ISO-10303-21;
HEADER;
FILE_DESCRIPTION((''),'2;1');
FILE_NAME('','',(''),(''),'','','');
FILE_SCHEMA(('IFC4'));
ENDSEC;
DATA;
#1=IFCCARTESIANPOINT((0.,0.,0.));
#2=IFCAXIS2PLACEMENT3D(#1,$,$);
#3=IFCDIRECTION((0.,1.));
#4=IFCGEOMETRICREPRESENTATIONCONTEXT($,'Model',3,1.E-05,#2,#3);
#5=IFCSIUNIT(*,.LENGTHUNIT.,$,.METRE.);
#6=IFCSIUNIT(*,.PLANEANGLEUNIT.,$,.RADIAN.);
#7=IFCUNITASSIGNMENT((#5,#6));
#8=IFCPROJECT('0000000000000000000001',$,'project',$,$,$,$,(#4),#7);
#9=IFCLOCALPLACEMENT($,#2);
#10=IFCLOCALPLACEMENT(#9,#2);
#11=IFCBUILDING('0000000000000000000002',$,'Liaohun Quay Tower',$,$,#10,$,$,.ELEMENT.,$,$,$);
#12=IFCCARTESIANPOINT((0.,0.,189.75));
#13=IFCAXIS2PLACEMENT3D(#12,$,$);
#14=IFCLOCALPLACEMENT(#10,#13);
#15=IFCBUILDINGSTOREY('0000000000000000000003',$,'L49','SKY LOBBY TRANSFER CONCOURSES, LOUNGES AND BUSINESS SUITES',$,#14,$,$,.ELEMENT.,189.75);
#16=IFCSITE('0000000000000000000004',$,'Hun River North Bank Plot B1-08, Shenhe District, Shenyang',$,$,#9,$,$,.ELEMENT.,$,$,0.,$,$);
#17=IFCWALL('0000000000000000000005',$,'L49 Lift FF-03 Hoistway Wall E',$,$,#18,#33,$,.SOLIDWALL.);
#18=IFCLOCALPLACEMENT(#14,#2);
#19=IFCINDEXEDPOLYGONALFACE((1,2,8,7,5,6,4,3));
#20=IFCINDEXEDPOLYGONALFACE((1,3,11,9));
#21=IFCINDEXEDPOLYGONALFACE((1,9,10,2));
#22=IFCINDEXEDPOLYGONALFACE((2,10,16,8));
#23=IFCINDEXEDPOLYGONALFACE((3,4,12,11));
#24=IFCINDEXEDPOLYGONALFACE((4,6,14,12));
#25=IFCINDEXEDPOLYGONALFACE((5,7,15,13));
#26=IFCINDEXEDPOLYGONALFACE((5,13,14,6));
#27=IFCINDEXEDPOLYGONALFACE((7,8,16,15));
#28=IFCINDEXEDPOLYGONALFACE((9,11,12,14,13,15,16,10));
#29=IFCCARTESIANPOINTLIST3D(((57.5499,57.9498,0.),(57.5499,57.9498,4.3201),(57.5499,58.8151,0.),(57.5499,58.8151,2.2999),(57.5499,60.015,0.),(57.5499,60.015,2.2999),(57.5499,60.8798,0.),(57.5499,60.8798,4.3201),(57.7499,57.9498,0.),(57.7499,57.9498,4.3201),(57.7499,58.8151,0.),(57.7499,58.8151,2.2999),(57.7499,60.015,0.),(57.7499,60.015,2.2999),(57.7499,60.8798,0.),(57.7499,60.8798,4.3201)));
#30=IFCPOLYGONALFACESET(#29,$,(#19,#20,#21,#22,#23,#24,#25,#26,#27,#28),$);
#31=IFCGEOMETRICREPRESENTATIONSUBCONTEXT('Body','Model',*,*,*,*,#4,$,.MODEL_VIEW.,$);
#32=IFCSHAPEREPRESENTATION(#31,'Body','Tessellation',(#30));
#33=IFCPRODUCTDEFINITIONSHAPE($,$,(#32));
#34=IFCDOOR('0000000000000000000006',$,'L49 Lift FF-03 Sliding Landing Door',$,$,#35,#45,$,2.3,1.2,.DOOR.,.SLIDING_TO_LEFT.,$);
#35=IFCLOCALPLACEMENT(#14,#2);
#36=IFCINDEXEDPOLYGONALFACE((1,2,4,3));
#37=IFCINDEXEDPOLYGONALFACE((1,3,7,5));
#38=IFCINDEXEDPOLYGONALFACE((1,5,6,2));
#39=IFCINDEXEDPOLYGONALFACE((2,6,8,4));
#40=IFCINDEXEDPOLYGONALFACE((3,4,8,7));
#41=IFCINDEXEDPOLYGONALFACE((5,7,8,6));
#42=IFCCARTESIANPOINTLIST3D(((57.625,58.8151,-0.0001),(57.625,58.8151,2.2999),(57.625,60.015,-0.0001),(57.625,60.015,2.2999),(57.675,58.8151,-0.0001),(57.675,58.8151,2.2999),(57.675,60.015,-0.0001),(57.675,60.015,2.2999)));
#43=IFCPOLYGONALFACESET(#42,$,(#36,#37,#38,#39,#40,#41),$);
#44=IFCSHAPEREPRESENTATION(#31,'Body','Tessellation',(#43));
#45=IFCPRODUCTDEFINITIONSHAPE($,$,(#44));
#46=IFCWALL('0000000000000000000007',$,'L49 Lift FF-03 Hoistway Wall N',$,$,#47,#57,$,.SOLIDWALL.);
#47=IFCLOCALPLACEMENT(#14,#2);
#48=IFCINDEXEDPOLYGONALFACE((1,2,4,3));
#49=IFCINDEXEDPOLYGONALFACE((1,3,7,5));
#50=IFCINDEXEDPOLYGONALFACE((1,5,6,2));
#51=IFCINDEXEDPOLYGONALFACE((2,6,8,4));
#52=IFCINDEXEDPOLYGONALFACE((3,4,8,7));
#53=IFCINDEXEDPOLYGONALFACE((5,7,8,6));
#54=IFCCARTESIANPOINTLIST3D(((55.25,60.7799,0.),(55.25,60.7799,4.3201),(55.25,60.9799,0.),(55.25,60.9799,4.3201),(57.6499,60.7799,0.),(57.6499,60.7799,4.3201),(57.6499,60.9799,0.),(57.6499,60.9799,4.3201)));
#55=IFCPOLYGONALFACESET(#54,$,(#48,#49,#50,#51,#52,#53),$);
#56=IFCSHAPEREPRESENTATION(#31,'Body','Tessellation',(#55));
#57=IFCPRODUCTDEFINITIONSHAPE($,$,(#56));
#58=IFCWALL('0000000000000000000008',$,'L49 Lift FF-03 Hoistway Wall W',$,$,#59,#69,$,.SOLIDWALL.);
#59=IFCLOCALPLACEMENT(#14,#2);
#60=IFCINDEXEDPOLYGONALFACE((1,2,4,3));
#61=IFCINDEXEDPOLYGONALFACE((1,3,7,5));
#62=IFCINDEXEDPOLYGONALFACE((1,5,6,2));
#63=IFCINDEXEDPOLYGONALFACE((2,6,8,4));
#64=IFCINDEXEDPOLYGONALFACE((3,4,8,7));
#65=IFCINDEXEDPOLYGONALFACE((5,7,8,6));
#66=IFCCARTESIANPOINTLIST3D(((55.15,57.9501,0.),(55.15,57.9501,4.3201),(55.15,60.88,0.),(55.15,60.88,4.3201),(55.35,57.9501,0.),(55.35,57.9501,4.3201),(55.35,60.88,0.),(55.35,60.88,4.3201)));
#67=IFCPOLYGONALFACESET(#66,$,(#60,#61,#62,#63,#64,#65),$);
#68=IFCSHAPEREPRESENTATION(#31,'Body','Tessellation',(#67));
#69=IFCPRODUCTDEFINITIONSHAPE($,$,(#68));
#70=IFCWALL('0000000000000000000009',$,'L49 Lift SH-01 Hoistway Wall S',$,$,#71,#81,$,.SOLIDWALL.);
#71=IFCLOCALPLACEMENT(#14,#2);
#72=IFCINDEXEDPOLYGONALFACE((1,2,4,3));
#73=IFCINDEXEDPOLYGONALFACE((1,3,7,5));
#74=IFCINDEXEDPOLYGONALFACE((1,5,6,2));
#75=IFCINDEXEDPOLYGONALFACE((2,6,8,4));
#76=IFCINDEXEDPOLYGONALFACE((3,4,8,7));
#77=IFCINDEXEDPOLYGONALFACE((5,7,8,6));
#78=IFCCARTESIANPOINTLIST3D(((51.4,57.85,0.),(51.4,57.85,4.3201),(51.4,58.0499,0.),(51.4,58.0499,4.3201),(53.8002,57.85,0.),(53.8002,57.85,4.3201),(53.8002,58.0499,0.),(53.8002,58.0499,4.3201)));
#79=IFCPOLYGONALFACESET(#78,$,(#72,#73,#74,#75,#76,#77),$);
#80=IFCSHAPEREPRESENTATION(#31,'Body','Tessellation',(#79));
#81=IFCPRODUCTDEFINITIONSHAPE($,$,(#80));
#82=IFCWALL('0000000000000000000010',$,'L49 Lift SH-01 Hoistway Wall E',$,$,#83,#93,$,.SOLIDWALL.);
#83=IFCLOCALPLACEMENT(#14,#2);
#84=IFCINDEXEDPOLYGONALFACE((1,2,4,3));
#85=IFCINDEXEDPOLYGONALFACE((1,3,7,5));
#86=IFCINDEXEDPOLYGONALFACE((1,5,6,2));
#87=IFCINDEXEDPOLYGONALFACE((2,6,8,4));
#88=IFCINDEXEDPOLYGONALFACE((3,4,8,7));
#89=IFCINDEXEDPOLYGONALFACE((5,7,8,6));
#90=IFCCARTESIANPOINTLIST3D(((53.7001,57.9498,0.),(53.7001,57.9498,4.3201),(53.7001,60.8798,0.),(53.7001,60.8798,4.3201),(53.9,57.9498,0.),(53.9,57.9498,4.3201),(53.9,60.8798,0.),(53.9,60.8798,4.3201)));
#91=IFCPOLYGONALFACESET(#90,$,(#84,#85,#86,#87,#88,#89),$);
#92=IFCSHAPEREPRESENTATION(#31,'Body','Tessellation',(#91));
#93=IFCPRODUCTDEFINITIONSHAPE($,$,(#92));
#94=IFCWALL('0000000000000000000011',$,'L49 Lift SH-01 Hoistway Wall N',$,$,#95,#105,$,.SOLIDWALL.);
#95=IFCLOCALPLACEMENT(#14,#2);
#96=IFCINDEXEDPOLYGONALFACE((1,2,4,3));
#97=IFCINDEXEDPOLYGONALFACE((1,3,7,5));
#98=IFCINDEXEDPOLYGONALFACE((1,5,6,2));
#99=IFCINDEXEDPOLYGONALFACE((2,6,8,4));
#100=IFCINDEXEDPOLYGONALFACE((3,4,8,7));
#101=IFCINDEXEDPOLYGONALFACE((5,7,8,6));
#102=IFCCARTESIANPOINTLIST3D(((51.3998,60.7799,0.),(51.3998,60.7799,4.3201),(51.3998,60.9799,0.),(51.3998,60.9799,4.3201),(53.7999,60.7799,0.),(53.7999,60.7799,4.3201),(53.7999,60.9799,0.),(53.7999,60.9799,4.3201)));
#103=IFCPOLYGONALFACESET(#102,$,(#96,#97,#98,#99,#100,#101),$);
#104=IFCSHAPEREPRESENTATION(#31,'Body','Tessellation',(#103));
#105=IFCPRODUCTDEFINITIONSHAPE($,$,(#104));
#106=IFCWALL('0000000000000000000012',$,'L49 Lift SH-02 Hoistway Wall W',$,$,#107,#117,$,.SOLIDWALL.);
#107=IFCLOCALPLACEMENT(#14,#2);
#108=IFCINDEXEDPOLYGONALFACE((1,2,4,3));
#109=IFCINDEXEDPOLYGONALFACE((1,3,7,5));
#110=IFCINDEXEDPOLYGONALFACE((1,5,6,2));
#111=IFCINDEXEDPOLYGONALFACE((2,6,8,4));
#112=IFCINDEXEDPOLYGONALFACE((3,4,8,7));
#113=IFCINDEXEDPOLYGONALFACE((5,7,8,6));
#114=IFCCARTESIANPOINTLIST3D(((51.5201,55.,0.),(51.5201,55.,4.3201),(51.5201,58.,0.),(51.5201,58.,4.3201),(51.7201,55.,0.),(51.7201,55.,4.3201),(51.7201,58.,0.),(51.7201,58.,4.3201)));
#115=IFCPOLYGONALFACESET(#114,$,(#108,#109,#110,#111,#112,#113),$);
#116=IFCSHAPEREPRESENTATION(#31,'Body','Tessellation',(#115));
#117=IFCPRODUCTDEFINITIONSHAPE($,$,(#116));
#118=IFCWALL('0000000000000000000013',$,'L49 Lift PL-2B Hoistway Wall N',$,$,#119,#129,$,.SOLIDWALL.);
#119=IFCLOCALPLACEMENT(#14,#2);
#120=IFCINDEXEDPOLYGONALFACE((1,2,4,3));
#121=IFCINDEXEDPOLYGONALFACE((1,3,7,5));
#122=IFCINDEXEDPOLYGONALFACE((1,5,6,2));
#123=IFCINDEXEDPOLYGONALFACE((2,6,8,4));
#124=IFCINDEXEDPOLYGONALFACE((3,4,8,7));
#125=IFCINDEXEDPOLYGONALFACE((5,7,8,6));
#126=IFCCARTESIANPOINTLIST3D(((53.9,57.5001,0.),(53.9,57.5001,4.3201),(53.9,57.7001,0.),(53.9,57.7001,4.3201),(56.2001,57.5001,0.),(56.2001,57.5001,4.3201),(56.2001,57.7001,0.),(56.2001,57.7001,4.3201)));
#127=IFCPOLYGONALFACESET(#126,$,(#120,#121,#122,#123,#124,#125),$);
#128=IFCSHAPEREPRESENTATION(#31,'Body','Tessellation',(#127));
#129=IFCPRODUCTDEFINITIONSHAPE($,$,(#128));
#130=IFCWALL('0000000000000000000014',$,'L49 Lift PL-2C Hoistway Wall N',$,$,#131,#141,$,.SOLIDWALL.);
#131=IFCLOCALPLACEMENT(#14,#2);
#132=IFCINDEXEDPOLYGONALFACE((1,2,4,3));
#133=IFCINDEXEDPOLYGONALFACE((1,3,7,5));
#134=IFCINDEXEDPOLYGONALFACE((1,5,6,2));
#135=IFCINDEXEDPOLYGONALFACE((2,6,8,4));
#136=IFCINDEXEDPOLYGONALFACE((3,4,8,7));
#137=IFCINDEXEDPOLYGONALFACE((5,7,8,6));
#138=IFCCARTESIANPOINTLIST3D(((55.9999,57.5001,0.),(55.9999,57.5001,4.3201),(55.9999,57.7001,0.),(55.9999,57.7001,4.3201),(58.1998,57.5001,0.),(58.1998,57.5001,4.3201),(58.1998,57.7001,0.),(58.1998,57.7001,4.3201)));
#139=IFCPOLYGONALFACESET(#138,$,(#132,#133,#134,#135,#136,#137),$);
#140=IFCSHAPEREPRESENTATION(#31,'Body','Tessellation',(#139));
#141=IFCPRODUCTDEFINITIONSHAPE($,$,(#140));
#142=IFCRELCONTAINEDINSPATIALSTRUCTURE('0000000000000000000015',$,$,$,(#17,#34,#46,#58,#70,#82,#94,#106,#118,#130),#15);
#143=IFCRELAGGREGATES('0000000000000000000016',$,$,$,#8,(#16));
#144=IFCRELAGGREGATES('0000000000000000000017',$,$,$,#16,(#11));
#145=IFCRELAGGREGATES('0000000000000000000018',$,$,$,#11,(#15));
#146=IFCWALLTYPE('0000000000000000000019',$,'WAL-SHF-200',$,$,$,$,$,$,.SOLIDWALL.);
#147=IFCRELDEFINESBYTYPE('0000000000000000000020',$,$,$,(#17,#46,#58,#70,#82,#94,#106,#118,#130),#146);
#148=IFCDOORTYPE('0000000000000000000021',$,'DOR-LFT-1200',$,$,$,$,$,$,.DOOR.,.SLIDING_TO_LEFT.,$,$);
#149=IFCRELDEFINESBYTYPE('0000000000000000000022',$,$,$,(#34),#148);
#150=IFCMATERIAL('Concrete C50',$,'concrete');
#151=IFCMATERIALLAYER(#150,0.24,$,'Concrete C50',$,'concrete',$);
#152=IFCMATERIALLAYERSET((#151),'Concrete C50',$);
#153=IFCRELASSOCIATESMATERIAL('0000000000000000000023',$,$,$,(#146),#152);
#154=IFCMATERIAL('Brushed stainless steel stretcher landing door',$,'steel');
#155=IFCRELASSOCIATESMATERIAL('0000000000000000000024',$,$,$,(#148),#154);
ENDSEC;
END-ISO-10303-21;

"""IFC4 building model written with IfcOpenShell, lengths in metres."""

from ifc_helpers import new_model, si_unit, direction, frame, frame_2d, origin, place, context, subcontext, project, spatial, rectangle, extrude, source, transform, mapped, material, layer, layer_set, type_object, element, fill, save


model = new_model("IFC4")

# Units and contexts
model_context = context("Model", 3, precision=1e-05, world=origin(), true_north=direction((0.0, 1.0)))
body_context = subcontext(model_context, "Body", "Model", "MODEL_VIEW")
ifc_project = project(units=[si_unit("LENGTHUNIT", "METRE"), si_unit("PLANEANGLEUNIT", "RADIAN")], contexts=[model_context])

# Site, building, storey
site_placement = place(None, origin())
site = spatial("IfcSite", under=ifc_project, at=site_placement, Name="Hun River North Bank Plot B1-08, Shenhe District, Shenyang", CompositionType="ELEMENT", RefElevation=0.0)
building_placement = place(site_placement, origin())
building = spatial("IfcBuilding", under=site, at=building_placement, Name="Liaohun Quay Tower", CompositionType="ELEMENT")
storey_placement = place(building_placement, frame((0.0, 0.0, 189.75)))
storey = spatial("IfcBuildingStorey", under=building, at=storey_placement, Name="L49", Description="SKY LOBBY TRANSFER CONCOURSES, LOUNGES AND BUSINESS SUITES", CompositionType="ELEMENT", Elevation=189.75)

# Shared definitions
ifc_material_1 = material(Name="Concrete C50", Category="concrete")
ifc_layer_1 = layer(ifc_material_1, 0.24, Name="Concrete C50", Category="concrete")
ifc_layer_set_1 = layer_set([ifc_layer_1], Name="Concrete C50")
wall_type_1 = type_object("IfcWallType", Name="WAL-SHF-200", PredefinedType="SOLIDWALL", material=ifc_layer_set_1)

# Wall, opening, door
wall_1_placement = place(storey_placement, frame((57.6499, 57.95, 0.0), z_axis=(0.0, 0.0, 1.0), x_axis=(0.0, 1.0, 0.0)))
wall_1 = element("IfcWall", 1, at=wall_1_placement, inside=storey, type_object=wall_type_1, Name="L49 Lift FF-03 Hoistway Wall E", PredefinedType="SOLIDWALL", context=body_context, shape_type="SweptSolid", body=[
    extrude(rectangle(XDim=2.9299, YDim=0.2, at=frame_2d((1.4648, 0.0))), origin(), (0.0, 0.0, 1.0), 4.3201),
])
shared_shape_1 = source(origin(), body_context, "Body", "SweptSolid", [
    extrude(rectangle(XDim=1.2, YDim=2.3, at=frame_2d((0.6001, 1.1499))), frame((0.0, 0.1099, 0.0), z_axis=(0.0, -1.0, 0.0), x_axis=(1.0, 0.0, 0.0)), (0.0, 0.0, 1.0), 0.22),
])
opening_placement = place(wall_1_placement, frame((0.865, 0.0, 0.0)))
opening = element("IfcOpeningElement", 2, at=opening_placement, cuts=wall_1, PredefinedType="OPENING", context=body_context, shape_type="MappedRepresentation", body=[
    mapped(shared_shape_1, transform((0.0, 0.0, 0.0), x_axis=(1.0, 0.0, 0.0), y_axis=(0.0, 1.0, 0.0), z_axis=(0.0, 0.0, 1.0), scale=1.0)),
])
ifc_material_2 = material(Name="Brushed stainless steel stretcher landing door", Category="steel")
door_type = type_object("IfcDoorType", Name="DOR-LFT-1200", OperationType="SLIDING_TO_LEFT", PredefinedType="DOOR", material=ifc_material_2)
shared_shape_2 = source(origin(), body_context, "Body", "SweptSolid", [
    extrude(rectangle(XDim=1.2, YDim=2.3, at=frame_2d((0.6001, 1.1499))), frame((0.0, 0.0249, 0.0), z_axis=(0.0, -1.0, 0.0), x_axis=(1.0, 0.0, 0.0)), (0.0, 0.0, 1.0), 0.05),
])
door_placement = place(opening_placement, origin())
door = element("IfcDoor", 3, at=door_placement, inside=storey, type_object=door_type, Name="L49 Lift FF-03 Sliding Landing Door", OperationType="SLIDING_TO_LEFT", OverallHeight=2.3, OverallWidth=1.2, PredefinedType="DOOR", context=body_context, shape_type="MappedRepresentation", body=[
    mapped(shared_shape_2, transform((0.0, 0.0, 0.0), x_axis=(1.0, 0.0, 0.0), y_axis=(0.0, 1.0, 0.0), z_axis=(0.0, 0.0, 1.0), scale=1.0)),
])
fill(opening, door)

# Walls
wall_2_placement = place(storey_placement, frame((57.6499, 60.8799, 0.0), z_axis=(0.0, 0.0, 1.0), x_axis=(-1.0, 0.0, 0.0)))
element("IfcWall", 4, at=wall_2_placement, inside=storey, type_object=wall_type_1, Name="L49 Lift FF-03 Hoistway Wall N", PredefinedType="SOLIDWALL", context=body_context, shape_type="SweptSolid", body=[
    extrude(rectangle(XDim=2.3999, YDim=0.2, at=frame_2d((1.2, 0.0))), origin(), (0.0, 0.0, 1.0), 4.3201),
])
wall_3_placement = place(storey_placement, frame((55.25, 60.8799, 0.0), z_axis=(0.0, 0.0, 1.0), x_axis=(0.0, -1.0, 0.0)))
element("IfcWall", 5, at=wall_3_placement, inside=storey, type_object=wall_type_1, Name="L49 Lift FF-03 Hoistway Wall W", PredefinedType="SOLIDWALL", context=body_context, shape_type="SweptSolid", body=[
    extrude(rectangle(XDim=2.9299, YDim=0.2, at=frame_2d((1.4648, 0.0))), origin(), (0.0, 0.0, 1.0), 4.3201),
])
wall_4_placement = place(storey_placement, frame((51.3999, 57.95, 0.0), z_axis=(0.0, 0.0, 1.0), x_axis=(1.0, 0.0, 0.0)))
element("IfcWall", 6, at=wall_4_placement, inside=storey, type_object=wall_type_1, Name="L49 Lift SH-01 Hoistway Wall S", PredefinedType="SOLIDWALL", context=body_context, shape_type="SweptSolid", body=[
    extrude(rectangle(XDim=2.4001, YDim=0.2, at=frame_2d((1.2002, 0.0))), origin(), (0.0, 0.0, 1.0), 4.3201),
])
wall_5_placement = place(storey_placement, frame((53.8, 57.95, 0.0), z_axis=(0.0, 0.0, 1.0), x_axis=(0.0, 1.0, 0.0)))
element("IfcWall", 7, at=wall_5_placement, inside=storey, type_object=wall_type_1, Name="L49 Lift SH-01 Hoistway Wall E", PredefinedType="SOLIDWALL", context=body_context, shape_type="SweptSolid", body=[
    extrude(rectangle(XDim=2.9299, YDim=0.2, at=frame_2d((1.4648, 0.0))), origin(), (0.0, 0.0, 1.0), 4.3201),
])
wall_6_placement = place(storey_placement, frame((53.8, 60.8799, 0.0), z_axis=(0.0, 0.0, 1.0), x_axis=(-1.0, 0.0, 0.0)))
element("IfcWall", 8, at=wall_6_placement, inside=storey, type_object=wall_type_1, Name="L49 Lift SH-01 Hoistway Wall N", PredefinedType="SOLIDWALL", context=body_context, shape_type="SweptSolid", body=[
    extrude(rectangle(XDim=2.4001, YDim=0.2, at=frame_2d((1.2002, 0.0))), origin(), (0.0, 0.0, 1.0), 4.3201),
])
wall_7_placement = place(storey_placement, frame((51.6201, 58.0, 0.0), z_axis=(0.0, 0.0, 1.0), x_axis=(0.0, -1.0, 0.0)))
element("IfcWall", 9, at=wall_7_placement, inside=storey, type_object=wall_type_1, Name="L49 Lift SH-02 Hoistway Wall W", PredefinedType="SOLIDWALL", context=body_context, shape_type="SweptSolid", body=[
    extrude(rectangle(XDim=3.0, YDim=0.2, at=frame_2d((1.5, 0.0))), origin(), (0.0, 0.0, 1.0), 4.3201),
])
wall_8_placement = place(storey_placement, frame((56.2, 57.6001, 0.0), z_axis=(0.0, 0.0, 1.0), x_axis=(-1.0, 0.0, 0.0)))
element("IfcWall", 10, at=wall_8_placement, inside=storey, type_object=wall_type_1, Name="L49 Lift PL-2B Hoistway Wall N", PredefinedType="SOLIDWALL", context=body_context, shape_type="SweptSolid", body=[
    extrude(rectangle(XDim=2.3, YDim=0.2, at=frame_2d((1.1499, 0.0))), origin(), (0.0, 0.0, 1.0), 4.3201),
])
wall_9_placement = place(storey_placement, frame((58.2, 57.6001, 0.0), z_axis=(0.0, 0.0, 1.0), x_axis=(-1.0, 0.0, 0.0)))
element("IfcWall", 11, at=wall_9_placement, inside=storey, type_object=wall_type_1, Name="L49 Lift PL-2C Hoistway Wall N", PredefinedType="SOLIDWALL", context=body_context, shape_type="SweptSolid", body=[
    extrude(rectangle(XDim=2.2, YDim=0.2, at=frame_2d((1.1001, 0.0))), origin(), (0.0, 0.0, 1.0), 4.3201),
])

save(model, "model.ifc")
